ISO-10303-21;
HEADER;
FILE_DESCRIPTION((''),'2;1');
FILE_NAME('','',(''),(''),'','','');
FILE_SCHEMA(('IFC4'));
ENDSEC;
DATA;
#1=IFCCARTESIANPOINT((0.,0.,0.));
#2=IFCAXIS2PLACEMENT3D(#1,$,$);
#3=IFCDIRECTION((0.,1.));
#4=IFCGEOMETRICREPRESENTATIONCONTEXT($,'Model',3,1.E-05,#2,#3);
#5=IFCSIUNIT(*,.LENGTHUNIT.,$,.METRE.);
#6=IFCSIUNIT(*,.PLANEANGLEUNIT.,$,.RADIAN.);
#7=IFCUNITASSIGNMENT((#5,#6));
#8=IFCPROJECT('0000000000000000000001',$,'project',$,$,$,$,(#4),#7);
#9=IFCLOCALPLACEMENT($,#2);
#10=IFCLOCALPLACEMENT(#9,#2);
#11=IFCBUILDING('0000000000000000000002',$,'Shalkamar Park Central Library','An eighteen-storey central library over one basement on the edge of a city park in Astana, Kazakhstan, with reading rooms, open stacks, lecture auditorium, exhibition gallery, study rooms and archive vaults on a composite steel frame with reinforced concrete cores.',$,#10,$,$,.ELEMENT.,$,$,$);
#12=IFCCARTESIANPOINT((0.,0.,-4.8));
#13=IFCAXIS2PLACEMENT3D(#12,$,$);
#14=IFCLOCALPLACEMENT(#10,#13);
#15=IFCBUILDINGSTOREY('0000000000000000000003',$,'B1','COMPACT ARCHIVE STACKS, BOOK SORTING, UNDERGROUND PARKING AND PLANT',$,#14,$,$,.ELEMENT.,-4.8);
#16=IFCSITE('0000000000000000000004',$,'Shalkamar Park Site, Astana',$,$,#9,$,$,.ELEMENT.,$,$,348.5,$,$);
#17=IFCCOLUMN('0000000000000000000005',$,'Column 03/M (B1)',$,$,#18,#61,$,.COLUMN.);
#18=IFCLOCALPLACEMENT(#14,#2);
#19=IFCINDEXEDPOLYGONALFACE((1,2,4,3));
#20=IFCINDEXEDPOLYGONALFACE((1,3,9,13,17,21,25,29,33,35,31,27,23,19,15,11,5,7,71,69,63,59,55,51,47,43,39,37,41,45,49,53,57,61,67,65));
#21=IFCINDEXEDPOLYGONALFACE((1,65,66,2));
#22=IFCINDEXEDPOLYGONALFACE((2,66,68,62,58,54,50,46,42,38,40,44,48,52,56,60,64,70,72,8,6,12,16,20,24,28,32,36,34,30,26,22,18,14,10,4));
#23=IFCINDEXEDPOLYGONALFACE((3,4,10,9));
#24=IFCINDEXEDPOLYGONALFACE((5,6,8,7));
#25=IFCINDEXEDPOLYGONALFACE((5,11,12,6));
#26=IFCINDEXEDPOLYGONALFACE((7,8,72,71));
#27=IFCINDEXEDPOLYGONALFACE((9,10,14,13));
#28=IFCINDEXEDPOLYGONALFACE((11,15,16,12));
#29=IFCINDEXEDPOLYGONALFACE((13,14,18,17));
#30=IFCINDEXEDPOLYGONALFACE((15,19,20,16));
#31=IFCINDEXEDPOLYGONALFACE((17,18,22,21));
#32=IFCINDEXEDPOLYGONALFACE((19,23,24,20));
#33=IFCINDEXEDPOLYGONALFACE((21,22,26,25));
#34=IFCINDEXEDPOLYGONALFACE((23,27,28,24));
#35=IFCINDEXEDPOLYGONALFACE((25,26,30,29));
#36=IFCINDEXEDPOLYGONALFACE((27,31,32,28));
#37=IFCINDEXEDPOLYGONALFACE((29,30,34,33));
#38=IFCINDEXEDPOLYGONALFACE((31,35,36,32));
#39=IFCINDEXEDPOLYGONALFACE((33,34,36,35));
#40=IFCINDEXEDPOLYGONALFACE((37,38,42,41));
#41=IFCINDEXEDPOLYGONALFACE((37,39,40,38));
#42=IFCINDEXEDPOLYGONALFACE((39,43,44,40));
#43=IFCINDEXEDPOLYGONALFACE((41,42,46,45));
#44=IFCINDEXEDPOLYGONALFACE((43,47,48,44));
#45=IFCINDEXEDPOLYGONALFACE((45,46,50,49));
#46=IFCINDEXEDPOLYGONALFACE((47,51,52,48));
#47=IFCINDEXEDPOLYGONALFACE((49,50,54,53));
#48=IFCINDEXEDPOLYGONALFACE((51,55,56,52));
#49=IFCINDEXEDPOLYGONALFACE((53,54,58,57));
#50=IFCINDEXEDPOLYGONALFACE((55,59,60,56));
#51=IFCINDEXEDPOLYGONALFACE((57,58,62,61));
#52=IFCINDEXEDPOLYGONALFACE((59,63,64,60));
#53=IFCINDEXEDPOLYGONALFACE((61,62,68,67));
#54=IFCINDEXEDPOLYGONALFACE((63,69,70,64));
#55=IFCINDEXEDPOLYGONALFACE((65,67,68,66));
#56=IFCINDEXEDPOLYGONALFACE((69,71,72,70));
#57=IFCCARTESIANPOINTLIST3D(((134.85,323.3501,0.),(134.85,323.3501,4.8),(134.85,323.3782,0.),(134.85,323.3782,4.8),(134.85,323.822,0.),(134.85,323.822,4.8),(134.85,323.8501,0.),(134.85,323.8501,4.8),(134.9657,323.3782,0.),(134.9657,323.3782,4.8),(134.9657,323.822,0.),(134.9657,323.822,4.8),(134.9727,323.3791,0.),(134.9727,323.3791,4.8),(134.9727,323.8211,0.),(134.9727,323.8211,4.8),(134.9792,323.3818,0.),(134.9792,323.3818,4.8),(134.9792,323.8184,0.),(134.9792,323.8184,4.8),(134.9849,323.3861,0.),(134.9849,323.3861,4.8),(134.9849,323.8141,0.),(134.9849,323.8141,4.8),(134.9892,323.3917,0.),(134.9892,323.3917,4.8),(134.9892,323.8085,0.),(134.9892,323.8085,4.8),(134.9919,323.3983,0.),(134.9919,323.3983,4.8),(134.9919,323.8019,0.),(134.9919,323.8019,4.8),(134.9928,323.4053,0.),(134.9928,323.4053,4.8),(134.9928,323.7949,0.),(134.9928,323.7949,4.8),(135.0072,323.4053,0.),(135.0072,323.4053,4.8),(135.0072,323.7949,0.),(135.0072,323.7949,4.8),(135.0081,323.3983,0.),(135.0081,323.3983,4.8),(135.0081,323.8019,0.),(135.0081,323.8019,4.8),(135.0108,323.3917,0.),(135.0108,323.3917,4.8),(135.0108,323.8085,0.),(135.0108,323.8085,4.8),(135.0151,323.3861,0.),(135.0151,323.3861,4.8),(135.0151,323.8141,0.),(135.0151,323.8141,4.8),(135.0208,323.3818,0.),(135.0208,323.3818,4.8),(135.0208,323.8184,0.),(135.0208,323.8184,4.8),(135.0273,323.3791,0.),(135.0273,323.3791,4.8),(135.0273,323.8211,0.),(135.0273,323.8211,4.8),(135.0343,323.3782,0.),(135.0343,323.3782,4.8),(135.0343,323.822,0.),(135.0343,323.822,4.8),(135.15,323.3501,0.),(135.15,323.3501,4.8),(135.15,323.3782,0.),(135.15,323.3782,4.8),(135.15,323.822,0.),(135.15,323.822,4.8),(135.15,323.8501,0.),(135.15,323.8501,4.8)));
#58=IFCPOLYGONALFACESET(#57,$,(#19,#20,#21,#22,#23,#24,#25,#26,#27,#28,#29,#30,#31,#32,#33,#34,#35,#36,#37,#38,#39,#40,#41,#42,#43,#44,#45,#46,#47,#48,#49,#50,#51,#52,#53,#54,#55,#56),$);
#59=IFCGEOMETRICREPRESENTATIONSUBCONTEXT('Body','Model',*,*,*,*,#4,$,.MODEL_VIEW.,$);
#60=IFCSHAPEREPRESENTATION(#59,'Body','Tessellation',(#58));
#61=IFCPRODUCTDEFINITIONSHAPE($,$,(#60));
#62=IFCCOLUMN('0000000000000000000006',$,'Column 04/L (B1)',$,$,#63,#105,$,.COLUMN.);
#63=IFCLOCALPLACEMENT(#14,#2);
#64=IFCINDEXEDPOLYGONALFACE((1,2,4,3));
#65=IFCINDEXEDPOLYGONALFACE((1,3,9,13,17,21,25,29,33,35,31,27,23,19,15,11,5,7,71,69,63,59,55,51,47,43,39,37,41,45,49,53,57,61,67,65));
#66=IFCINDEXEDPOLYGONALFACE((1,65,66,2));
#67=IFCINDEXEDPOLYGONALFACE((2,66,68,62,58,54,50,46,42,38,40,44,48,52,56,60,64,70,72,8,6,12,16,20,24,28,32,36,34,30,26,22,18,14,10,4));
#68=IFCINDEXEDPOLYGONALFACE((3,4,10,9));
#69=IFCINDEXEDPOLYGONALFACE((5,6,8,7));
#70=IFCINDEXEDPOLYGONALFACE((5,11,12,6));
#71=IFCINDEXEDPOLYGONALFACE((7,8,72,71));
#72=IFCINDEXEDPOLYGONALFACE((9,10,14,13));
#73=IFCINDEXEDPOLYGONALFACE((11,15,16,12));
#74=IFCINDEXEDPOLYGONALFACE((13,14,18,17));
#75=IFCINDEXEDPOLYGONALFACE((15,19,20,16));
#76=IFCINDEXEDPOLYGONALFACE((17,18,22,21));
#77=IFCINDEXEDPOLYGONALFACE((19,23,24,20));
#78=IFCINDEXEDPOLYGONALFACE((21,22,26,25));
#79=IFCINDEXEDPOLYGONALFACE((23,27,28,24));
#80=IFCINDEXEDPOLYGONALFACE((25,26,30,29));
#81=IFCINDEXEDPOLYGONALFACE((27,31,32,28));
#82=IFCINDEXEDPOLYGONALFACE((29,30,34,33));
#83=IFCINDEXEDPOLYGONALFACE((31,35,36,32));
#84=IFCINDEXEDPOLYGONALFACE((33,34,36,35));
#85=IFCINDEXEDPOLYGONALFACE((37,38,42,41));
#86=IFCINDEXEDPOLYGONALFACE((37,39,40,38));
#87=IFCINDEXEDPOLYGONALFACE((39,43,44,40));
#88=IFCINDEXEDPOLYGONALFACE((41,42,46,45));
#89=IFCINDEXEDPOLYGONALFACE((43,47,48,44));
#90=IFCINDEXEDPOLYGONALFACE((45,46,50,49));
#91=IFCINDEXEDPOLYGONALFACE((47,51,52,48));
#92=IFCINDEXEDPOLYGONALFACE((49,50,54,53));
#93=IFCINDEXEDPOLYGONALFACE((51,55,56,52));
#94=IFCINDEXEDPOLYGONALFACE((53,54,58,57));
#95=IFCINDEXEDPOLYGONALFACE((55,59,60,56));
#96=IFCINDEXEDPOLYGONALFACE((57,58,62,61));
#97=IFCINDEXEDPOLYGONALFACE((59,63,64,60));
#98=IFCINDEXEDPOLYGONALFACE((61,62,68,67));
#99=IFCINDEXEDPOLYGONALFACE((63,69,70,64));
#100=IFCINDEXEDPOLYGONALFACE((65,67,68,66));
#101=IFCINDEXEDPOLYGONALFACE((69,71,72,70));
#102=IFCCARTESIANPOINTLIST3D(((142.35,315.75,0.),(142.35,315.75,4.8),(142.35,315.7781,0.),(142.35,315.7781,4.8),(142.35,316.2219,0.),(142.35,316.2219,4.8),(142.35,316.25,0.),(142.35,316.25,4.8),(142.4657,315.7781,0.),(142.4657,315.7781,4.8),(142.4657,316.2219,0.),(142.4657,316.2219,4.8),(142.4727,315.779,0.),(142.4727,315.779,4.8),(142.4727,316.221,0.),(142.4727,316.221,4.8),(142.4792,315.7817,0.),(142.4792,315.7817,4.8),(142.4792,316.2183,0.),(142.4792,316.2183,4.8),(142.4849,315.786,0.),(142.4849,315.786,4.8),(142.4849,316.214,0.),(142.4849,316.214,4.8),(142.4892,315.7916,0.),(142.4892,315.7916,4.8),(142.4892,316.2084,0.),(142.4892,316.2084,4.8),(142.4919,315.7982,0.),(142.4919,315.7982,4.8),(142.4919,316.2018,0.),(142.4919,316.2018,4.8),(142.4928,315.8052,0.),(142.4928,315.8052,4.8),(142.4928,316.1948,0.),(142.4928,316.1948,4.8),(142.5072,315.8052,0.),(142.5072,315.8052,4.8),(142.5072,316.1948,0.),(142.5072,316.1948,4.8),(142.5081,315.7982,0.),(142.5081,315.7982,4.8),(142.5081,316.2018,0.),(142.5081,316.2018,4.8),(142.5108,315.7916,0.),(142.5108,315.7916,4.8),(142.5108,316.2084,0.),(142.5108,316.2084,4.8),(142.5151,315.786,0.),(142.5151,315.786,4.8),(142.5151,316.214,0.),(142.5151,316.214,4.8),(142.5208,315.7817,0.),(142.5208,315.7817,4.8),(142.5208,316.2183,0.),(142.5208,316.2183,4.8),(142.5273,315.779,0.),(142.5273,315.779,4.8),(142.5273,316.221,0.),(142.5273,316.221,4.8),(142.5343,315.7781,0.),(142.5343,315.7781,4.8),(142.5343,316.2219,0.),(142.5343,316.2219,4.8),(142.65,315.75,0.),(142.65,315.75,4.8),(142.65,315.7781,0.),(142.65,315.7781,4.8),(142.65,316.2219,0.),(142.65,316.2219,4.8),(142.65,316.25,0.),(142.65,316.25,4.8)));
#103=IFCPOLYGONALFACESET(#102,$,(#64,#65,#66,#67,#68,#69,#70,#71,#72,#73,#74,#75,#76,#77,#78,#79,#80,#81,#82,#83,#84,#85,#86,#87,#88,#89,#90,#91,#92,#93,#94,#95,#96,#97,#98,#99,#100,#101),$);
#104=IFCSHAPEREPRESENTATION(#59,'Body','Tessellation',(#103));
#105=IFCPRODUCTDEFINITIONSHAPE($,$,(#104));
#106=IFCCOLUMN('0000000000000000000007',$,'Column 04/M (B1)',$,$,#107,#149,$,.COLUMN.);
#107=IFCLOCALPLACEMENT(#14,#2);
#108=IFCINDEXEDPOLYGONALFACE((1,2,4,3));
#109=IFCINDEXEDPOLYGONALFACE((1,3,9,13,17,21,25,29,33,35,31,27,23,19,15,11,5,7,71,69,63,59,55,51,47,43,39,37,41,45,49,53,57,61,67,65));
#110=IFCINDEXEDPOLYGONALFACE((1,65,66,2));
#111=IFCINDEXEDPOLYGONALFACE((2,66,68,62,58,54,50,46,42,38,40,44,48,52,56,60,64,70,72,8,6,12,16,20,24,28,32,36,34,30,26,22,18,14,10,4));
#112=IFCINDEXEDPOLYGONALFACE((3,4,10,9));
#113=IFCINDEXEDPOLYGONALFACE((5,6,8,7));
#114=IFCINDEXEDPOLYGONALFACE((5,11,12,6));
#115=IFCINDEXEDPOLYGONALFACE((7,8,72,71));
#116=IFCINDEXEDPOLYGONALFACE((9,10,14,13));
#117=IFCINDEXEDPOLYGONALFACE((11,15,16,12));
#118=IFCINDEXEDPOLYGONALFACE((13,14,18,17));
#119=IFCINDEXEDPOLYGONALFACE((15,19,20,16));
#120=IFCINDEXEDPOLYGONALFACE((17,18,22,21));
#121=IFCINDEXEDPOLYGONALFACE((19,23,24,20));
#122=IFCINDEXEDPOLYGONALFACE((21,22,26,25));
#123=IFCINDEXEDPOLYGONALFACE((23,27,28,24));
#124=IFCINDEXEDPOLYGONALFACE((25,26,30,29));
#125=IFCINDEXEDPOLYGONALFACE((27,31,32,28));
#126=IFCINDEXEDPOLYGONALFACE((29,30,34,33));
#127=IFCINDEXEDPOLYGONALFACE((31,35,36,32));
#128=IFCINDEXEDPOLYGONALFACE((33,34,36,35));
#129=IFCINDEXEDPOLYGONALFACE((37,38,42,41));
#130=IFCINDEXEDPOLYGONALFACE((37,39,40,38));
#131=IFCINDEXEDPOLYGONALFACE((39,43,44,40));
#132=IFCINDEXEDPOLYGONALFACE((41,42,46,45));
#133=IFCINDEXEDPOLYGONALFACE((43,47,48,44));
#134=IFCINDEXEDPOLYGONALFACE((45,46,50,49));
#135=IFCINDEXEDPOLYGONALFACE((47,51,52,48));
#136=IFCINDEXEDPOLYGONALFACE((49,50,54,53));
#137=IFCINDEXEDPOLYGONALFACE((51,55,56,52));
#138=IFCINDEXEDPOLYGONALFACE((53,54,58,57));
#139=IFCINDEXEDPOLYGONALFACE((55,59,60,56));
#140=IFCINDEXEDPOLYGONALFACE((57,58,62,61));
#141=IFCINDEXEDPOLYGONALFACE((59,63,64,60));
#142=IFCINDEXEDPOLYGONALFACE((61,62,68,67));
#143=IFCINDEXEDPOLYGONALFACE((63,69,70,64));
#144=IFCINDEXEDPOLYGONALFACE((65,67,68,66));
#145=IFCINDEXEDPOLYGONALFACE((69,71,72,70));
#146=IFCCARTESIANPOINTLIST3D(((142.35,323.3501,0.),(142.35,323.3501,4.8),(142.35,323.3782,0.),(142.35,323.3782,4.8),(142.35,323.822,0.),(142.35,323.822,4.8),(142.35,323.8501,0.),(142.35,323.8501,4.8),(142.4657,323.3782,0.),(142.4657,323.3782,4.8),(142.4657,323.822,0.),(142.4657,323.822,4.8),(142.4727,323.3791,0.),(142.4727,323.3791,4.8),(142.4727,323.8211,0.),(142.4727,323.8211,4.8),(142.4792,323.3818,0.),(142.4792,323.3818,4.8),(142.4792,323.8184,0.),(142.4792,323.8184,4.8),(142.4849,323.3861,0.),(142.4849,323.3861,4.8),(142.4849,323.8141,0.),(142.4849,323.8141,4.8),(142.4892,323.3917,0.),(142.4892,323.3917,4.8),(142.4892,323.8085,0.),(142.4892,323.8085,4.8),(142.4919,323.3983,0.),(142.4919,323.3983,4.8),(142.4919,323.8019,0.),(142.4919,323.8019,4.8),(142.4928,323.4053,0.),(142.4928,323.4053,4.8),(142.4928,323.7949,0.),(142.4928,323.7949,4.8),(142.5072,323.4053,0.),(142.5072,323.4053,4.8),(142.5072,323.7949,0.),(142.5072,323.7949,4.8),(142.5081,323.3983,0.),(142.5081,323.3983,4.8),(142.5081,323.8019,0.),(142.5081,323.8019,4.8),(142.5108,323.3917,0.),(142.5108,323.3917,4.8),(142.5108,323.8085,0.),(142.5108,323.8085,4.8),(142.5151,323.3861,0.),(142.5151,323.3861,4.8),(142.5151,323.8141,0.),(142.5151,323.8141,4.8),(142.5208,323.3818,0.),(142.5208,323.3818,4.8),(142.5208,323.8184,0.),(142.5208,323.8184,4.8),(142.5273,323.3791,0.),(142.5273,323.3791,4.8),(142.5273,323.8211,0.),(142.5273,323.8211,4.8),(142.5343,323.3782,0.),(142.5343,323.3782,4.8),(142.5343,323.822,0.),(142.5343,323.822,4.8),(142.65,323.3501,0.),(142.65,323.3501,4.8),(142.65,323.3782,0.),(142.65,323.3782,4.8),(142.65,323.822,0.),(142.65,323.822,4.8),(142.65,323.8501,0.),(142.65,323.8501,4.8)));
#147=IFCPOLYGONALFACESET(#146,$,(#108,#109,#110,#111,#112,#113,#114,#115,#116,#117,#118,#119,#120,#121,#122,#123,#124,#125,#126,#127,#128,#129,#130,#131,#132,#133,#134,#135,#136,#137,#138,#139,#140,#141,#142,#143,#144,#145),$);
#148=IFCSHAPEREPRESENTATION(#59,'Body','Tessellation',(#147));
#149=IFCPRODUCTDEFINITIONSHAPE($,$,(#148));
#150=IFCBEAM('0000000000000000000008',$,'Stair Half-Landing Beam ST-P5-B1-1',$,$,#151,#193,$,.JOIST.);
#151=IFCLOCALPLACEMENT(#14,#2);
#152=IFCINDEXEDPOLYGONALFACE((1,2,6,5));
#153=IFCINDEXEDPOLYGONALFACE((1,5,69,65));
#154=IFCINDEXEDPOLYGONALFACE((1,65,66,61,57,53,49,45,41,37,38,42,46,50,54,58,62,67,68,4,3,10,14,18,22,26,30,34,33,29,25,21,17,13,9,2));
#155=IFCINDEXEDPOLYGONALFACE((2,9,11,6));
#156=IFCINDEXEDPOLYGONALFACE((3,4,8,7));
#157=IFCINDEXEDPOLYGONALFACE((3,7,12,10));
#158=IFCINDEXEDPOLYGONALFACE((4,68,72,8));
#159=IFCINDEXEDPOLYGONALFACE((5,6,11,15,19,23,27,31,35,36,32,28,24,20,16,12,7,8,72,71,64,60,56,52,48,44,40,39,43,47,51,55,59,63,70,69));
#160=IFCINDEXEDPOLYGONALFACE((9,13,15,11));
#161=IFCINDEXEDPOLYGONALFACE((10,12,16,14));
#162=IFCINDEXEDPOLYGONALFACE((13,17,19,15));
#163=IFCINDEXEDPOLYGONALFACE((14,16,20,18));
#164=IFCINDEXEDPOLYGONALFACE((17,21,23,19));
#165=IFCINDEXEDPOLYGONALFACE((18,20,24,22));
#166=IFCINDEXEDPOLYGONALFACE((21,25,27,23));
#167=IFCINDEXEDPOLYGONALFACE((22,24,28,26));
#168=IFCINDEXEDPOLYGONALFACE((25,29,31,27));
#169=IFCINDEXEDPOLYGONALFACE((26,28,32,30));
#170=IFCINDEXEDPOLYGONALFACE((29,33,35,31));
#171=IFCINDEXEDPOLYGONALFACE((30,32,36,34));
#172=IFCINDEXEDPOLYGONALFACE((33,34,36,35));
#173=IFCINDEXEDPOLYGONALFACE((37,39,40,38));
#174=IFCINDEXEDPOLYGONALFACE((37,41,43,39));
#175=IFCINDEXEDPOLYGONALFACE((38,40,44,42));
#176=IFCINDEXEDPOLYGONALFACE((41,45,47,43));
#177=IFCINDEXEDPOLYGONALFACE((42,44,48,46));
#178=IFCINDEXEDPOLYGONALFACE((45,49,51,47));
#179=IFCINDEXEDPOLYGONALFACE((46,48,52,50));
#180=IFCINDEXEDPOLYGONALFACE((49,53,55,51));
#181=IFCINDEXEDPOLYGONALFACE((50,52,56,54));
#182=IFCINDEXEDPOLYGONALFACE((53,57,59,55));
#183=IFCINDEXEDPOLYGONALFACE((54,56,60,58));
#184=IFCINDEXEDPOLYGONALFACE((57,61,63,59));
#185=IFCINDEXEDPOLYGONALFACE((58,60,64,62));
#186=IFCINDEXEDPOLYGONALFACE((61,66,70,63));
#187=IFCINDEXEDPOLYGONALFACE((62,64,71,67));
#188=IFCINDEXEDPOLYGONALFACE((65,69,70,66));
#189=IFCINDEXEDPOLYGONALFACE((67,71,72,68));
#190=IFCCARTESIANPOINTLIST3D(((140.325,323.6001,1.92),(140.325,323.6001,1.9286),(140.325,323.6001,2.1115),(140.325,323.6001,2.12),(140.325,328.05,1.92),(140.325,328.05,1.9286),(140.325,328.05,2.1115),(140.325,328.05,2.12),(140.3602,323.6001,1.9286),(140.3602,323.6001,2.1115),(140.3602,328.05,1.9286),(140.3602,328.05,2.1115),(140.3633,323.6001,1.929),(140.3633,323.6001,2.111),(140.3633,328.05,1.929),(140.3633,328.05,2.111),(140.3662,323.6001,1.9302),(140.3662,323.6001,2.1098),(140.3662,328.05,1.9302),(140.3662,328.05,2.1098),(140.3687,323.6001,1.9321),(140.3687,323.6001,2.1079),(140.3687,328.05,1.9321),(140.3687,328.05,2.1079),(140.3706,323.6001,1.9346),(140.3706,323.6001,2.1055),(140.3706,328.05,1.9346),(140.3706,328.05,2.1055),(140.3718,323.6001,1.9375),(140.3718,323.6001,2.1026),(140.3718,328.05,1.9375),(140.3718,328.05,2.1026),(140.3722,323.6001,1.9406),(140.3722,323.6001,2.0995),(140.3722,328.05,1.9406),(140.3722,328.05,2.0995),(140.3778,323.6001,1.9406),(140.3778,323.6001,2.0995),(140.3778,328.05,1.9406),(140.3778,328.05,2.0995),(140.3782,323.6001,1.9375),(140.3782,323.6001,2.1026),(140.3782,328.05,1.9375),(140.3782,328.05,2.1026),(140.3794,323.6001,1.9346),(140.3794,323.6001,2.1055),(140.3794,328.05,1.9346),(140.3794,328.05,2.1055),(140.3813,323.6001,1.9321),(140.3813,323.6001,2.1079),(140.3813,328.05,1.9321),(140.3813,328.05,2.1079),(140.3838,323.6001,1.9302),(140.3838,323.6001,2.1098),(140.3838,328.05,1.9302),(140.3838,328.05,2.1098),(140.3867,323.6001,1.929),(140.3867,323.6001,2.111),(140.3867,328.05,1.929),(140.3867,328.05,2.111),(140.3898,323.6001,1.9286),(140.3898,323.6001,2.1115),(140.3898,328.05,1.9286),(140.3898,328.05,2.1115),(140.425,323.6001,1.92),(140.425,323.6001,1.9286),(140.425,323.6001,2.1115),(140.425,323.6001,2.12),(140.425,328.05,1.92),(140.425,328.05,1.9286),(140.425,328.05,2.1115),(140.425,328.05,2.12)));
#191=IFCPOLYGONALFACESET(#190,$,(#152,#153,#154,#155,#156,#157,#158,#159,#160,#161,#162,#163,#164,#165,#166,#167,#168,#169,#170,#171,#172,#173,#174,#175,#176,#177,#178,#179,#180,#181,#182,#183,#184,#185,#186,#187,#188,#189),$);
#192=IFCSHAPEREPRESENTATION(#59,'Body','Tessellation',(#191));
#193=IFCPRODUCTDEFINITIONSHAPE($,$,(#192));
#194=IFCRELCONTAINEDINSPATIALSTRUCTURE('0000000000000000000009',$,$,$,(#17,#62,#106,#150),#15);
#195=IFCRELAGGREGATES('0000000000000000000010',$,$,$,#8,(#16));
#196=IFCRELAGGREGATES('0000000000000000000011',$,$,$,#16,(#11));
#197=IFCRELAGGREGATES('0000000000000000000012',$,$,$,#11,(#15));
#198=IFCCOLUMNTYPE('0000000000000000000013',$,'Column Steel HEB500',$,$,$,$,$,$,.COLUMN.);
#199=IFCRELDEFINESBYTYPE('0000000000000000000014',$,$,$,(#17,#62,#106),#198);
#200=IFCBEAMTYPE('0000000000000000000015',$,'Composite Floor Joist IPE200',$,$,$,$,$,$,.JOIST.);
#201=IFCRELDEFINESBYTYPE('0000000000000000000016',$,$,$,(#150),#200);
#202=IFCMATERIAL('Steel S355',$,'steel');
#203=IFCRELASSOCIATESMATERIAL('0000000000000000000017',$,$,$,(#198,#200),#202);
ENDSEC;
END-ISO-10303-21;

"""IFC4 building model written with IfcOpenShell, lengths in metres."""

from ifc_helpers import new_model, si_unit, direction, frame, origin, origin_2d, place, context, subcontext, project, spatial, i_section, extrude, material, material_profile, profile_set, type_object, element, save


model = new_model("IFC4")

# Units and contexts
model_context = context("Model", 3, precision=1e-05, world=origin(), true_north=direction((0.0, 1.0)))
body_context = subcontext(model_context, "Body", "Model", "MODEL_VIEW")
ifc_project = project(units=[si_unit("LENGTHUNIT", "METRE"), si_unit("PLANEANGLEUNIT", "RADIAN")], contexts=[model_context])

# Site, building, storey
site_placement = place(None, origin())
site = spatial("IfcSite", under=ifc_project, at=site_placement, Name="Shalkamar Park Site, Astana", CompositionType="ELEMENT", RefElevation=348.5)
building_placement = place(site_placement, origin())
building = spatial("IfcBuilding", under=site, at=building_placement, Name="Shalkamar Park Central Library", Description="An eighteen-storey central library over one basement on the edge of a city park in Astana, Kazakhstan, with reading rooms, open stacks, lecture auditorium, exhibition gallery, study rooms and archive vaults on a composite steel frame with reinforced concrete cores.", CompositionType="ELEMENT")
storey_placement = place(building_placement, frame((0.0, 0.0, -4.8)))
storey = spatial("IfcBuildingStorey", under=building, at=storey_placement, Name="B1", Description="COMPACT ARCHIVE STACKS, BOOK SORTING, UNDERGROUND PARKING AND PLANT", CompositionType="ELEMENT", Elevation=-4.8)

# Columns
ifc_material_1 = material(Name="Steel S355", Category="steel")
ifc_material_profile_1 = material_profile(ifc_material_1, i_section(OverallWidth=0.3, OverallDepth=0.5, WebThickness=0.0144, FlangeThickness=0.0281, FilletRadius=0.0271, at=origin_2d()), Name="HEB 500")
ifc_profile_set_1 = profile_set([ifc_material_profile_1], Name="Steel S355")
column_type = type_object("IfcColumnType", Name="Column Steel HEB500", PredefinedType="COLUMN", material=ifc_profile_set_1)
for number, where, z_axis, x_axis, name in (
    (1, (135.0, 323.6001, 0.0), (0.0, 0.0, 1.0), (1.0, 0.0, 0.0), "Column 03/M (B1)"),
    (2, (142.5, 316.0, 0.0), (0.0, 0.0, 1.0), (1.0, 0.0, 0.0), "Column 04/L (B1)"),
    (3, (142.5, 323.6001, 0.0), (0.0, 0.0, 1.0), (1.0, 0.0, 0.0), "Column 04/M (B1)"),
):
    element("IfcColumn", number, at=place(storey_placement, frame(where, z_axis=z_axis, x_axis=x_axis)), inside=storey, type_object=column_type, Name=name, PredefinedType="COLUMN", context=body_context, shape_type="SweptSolid", body=[
        extrude(i_section(OverallWidth=0.3, OverallDepth=0.5, WebThickness=0.0144, FlangeThickness=0.0281, FilletRadius=0.0271, at=origin_2d()), origin(), (0.0, 0.0, 1.0), 4.8),
    ])

# Beam
ifc_material_profile_2 = material_profile(ifc_material_1, i_section(OverallWidth=0.1001, OverallDepth=0.2, WebThickness=0.0056, FlangeThickness=0.0085, FilletRadius=0.012, at=origin_2d()), Name="IPE 200")
ifc_profile_set_2 = profile_set([ifc_material_profile_2], Name="Steel S355")
beam_type_1 = type_object("IfcBeamType", Name="Composite Floor Joist IPE200", PredefinedType="JOIST", material=ifc_profile_set_2)
for number, where, z_axis, x_axis, name in (
    (4, (140.375, 323.6001, 2.02), (0.0, 1.0, 0.0), (-1.0, 0.0, 0.0), "Stair Half-Landing Beam ST-P5-B1-1"),
):
    element("IfcBeam", number, at=place(storey_placement, frame(where, z_axis=z_axis, x_axis=x_axis)), inside=storey, type_object=beam_type_1, Name=name, PredefinedType="JOIST", context=body_context, shape_type="SweptSolid", body=[
        extrude(i_section(OverallWidth=0.1001, OverallDepth=0.2, WebThickness=0.0056, FlangeThickness=0.0085, FilletRadius=0.012, at=origin_2d()), origin(), (0.0, 0.0, 1.0), 4.45),
    ])

save(model, "model.ifc")
